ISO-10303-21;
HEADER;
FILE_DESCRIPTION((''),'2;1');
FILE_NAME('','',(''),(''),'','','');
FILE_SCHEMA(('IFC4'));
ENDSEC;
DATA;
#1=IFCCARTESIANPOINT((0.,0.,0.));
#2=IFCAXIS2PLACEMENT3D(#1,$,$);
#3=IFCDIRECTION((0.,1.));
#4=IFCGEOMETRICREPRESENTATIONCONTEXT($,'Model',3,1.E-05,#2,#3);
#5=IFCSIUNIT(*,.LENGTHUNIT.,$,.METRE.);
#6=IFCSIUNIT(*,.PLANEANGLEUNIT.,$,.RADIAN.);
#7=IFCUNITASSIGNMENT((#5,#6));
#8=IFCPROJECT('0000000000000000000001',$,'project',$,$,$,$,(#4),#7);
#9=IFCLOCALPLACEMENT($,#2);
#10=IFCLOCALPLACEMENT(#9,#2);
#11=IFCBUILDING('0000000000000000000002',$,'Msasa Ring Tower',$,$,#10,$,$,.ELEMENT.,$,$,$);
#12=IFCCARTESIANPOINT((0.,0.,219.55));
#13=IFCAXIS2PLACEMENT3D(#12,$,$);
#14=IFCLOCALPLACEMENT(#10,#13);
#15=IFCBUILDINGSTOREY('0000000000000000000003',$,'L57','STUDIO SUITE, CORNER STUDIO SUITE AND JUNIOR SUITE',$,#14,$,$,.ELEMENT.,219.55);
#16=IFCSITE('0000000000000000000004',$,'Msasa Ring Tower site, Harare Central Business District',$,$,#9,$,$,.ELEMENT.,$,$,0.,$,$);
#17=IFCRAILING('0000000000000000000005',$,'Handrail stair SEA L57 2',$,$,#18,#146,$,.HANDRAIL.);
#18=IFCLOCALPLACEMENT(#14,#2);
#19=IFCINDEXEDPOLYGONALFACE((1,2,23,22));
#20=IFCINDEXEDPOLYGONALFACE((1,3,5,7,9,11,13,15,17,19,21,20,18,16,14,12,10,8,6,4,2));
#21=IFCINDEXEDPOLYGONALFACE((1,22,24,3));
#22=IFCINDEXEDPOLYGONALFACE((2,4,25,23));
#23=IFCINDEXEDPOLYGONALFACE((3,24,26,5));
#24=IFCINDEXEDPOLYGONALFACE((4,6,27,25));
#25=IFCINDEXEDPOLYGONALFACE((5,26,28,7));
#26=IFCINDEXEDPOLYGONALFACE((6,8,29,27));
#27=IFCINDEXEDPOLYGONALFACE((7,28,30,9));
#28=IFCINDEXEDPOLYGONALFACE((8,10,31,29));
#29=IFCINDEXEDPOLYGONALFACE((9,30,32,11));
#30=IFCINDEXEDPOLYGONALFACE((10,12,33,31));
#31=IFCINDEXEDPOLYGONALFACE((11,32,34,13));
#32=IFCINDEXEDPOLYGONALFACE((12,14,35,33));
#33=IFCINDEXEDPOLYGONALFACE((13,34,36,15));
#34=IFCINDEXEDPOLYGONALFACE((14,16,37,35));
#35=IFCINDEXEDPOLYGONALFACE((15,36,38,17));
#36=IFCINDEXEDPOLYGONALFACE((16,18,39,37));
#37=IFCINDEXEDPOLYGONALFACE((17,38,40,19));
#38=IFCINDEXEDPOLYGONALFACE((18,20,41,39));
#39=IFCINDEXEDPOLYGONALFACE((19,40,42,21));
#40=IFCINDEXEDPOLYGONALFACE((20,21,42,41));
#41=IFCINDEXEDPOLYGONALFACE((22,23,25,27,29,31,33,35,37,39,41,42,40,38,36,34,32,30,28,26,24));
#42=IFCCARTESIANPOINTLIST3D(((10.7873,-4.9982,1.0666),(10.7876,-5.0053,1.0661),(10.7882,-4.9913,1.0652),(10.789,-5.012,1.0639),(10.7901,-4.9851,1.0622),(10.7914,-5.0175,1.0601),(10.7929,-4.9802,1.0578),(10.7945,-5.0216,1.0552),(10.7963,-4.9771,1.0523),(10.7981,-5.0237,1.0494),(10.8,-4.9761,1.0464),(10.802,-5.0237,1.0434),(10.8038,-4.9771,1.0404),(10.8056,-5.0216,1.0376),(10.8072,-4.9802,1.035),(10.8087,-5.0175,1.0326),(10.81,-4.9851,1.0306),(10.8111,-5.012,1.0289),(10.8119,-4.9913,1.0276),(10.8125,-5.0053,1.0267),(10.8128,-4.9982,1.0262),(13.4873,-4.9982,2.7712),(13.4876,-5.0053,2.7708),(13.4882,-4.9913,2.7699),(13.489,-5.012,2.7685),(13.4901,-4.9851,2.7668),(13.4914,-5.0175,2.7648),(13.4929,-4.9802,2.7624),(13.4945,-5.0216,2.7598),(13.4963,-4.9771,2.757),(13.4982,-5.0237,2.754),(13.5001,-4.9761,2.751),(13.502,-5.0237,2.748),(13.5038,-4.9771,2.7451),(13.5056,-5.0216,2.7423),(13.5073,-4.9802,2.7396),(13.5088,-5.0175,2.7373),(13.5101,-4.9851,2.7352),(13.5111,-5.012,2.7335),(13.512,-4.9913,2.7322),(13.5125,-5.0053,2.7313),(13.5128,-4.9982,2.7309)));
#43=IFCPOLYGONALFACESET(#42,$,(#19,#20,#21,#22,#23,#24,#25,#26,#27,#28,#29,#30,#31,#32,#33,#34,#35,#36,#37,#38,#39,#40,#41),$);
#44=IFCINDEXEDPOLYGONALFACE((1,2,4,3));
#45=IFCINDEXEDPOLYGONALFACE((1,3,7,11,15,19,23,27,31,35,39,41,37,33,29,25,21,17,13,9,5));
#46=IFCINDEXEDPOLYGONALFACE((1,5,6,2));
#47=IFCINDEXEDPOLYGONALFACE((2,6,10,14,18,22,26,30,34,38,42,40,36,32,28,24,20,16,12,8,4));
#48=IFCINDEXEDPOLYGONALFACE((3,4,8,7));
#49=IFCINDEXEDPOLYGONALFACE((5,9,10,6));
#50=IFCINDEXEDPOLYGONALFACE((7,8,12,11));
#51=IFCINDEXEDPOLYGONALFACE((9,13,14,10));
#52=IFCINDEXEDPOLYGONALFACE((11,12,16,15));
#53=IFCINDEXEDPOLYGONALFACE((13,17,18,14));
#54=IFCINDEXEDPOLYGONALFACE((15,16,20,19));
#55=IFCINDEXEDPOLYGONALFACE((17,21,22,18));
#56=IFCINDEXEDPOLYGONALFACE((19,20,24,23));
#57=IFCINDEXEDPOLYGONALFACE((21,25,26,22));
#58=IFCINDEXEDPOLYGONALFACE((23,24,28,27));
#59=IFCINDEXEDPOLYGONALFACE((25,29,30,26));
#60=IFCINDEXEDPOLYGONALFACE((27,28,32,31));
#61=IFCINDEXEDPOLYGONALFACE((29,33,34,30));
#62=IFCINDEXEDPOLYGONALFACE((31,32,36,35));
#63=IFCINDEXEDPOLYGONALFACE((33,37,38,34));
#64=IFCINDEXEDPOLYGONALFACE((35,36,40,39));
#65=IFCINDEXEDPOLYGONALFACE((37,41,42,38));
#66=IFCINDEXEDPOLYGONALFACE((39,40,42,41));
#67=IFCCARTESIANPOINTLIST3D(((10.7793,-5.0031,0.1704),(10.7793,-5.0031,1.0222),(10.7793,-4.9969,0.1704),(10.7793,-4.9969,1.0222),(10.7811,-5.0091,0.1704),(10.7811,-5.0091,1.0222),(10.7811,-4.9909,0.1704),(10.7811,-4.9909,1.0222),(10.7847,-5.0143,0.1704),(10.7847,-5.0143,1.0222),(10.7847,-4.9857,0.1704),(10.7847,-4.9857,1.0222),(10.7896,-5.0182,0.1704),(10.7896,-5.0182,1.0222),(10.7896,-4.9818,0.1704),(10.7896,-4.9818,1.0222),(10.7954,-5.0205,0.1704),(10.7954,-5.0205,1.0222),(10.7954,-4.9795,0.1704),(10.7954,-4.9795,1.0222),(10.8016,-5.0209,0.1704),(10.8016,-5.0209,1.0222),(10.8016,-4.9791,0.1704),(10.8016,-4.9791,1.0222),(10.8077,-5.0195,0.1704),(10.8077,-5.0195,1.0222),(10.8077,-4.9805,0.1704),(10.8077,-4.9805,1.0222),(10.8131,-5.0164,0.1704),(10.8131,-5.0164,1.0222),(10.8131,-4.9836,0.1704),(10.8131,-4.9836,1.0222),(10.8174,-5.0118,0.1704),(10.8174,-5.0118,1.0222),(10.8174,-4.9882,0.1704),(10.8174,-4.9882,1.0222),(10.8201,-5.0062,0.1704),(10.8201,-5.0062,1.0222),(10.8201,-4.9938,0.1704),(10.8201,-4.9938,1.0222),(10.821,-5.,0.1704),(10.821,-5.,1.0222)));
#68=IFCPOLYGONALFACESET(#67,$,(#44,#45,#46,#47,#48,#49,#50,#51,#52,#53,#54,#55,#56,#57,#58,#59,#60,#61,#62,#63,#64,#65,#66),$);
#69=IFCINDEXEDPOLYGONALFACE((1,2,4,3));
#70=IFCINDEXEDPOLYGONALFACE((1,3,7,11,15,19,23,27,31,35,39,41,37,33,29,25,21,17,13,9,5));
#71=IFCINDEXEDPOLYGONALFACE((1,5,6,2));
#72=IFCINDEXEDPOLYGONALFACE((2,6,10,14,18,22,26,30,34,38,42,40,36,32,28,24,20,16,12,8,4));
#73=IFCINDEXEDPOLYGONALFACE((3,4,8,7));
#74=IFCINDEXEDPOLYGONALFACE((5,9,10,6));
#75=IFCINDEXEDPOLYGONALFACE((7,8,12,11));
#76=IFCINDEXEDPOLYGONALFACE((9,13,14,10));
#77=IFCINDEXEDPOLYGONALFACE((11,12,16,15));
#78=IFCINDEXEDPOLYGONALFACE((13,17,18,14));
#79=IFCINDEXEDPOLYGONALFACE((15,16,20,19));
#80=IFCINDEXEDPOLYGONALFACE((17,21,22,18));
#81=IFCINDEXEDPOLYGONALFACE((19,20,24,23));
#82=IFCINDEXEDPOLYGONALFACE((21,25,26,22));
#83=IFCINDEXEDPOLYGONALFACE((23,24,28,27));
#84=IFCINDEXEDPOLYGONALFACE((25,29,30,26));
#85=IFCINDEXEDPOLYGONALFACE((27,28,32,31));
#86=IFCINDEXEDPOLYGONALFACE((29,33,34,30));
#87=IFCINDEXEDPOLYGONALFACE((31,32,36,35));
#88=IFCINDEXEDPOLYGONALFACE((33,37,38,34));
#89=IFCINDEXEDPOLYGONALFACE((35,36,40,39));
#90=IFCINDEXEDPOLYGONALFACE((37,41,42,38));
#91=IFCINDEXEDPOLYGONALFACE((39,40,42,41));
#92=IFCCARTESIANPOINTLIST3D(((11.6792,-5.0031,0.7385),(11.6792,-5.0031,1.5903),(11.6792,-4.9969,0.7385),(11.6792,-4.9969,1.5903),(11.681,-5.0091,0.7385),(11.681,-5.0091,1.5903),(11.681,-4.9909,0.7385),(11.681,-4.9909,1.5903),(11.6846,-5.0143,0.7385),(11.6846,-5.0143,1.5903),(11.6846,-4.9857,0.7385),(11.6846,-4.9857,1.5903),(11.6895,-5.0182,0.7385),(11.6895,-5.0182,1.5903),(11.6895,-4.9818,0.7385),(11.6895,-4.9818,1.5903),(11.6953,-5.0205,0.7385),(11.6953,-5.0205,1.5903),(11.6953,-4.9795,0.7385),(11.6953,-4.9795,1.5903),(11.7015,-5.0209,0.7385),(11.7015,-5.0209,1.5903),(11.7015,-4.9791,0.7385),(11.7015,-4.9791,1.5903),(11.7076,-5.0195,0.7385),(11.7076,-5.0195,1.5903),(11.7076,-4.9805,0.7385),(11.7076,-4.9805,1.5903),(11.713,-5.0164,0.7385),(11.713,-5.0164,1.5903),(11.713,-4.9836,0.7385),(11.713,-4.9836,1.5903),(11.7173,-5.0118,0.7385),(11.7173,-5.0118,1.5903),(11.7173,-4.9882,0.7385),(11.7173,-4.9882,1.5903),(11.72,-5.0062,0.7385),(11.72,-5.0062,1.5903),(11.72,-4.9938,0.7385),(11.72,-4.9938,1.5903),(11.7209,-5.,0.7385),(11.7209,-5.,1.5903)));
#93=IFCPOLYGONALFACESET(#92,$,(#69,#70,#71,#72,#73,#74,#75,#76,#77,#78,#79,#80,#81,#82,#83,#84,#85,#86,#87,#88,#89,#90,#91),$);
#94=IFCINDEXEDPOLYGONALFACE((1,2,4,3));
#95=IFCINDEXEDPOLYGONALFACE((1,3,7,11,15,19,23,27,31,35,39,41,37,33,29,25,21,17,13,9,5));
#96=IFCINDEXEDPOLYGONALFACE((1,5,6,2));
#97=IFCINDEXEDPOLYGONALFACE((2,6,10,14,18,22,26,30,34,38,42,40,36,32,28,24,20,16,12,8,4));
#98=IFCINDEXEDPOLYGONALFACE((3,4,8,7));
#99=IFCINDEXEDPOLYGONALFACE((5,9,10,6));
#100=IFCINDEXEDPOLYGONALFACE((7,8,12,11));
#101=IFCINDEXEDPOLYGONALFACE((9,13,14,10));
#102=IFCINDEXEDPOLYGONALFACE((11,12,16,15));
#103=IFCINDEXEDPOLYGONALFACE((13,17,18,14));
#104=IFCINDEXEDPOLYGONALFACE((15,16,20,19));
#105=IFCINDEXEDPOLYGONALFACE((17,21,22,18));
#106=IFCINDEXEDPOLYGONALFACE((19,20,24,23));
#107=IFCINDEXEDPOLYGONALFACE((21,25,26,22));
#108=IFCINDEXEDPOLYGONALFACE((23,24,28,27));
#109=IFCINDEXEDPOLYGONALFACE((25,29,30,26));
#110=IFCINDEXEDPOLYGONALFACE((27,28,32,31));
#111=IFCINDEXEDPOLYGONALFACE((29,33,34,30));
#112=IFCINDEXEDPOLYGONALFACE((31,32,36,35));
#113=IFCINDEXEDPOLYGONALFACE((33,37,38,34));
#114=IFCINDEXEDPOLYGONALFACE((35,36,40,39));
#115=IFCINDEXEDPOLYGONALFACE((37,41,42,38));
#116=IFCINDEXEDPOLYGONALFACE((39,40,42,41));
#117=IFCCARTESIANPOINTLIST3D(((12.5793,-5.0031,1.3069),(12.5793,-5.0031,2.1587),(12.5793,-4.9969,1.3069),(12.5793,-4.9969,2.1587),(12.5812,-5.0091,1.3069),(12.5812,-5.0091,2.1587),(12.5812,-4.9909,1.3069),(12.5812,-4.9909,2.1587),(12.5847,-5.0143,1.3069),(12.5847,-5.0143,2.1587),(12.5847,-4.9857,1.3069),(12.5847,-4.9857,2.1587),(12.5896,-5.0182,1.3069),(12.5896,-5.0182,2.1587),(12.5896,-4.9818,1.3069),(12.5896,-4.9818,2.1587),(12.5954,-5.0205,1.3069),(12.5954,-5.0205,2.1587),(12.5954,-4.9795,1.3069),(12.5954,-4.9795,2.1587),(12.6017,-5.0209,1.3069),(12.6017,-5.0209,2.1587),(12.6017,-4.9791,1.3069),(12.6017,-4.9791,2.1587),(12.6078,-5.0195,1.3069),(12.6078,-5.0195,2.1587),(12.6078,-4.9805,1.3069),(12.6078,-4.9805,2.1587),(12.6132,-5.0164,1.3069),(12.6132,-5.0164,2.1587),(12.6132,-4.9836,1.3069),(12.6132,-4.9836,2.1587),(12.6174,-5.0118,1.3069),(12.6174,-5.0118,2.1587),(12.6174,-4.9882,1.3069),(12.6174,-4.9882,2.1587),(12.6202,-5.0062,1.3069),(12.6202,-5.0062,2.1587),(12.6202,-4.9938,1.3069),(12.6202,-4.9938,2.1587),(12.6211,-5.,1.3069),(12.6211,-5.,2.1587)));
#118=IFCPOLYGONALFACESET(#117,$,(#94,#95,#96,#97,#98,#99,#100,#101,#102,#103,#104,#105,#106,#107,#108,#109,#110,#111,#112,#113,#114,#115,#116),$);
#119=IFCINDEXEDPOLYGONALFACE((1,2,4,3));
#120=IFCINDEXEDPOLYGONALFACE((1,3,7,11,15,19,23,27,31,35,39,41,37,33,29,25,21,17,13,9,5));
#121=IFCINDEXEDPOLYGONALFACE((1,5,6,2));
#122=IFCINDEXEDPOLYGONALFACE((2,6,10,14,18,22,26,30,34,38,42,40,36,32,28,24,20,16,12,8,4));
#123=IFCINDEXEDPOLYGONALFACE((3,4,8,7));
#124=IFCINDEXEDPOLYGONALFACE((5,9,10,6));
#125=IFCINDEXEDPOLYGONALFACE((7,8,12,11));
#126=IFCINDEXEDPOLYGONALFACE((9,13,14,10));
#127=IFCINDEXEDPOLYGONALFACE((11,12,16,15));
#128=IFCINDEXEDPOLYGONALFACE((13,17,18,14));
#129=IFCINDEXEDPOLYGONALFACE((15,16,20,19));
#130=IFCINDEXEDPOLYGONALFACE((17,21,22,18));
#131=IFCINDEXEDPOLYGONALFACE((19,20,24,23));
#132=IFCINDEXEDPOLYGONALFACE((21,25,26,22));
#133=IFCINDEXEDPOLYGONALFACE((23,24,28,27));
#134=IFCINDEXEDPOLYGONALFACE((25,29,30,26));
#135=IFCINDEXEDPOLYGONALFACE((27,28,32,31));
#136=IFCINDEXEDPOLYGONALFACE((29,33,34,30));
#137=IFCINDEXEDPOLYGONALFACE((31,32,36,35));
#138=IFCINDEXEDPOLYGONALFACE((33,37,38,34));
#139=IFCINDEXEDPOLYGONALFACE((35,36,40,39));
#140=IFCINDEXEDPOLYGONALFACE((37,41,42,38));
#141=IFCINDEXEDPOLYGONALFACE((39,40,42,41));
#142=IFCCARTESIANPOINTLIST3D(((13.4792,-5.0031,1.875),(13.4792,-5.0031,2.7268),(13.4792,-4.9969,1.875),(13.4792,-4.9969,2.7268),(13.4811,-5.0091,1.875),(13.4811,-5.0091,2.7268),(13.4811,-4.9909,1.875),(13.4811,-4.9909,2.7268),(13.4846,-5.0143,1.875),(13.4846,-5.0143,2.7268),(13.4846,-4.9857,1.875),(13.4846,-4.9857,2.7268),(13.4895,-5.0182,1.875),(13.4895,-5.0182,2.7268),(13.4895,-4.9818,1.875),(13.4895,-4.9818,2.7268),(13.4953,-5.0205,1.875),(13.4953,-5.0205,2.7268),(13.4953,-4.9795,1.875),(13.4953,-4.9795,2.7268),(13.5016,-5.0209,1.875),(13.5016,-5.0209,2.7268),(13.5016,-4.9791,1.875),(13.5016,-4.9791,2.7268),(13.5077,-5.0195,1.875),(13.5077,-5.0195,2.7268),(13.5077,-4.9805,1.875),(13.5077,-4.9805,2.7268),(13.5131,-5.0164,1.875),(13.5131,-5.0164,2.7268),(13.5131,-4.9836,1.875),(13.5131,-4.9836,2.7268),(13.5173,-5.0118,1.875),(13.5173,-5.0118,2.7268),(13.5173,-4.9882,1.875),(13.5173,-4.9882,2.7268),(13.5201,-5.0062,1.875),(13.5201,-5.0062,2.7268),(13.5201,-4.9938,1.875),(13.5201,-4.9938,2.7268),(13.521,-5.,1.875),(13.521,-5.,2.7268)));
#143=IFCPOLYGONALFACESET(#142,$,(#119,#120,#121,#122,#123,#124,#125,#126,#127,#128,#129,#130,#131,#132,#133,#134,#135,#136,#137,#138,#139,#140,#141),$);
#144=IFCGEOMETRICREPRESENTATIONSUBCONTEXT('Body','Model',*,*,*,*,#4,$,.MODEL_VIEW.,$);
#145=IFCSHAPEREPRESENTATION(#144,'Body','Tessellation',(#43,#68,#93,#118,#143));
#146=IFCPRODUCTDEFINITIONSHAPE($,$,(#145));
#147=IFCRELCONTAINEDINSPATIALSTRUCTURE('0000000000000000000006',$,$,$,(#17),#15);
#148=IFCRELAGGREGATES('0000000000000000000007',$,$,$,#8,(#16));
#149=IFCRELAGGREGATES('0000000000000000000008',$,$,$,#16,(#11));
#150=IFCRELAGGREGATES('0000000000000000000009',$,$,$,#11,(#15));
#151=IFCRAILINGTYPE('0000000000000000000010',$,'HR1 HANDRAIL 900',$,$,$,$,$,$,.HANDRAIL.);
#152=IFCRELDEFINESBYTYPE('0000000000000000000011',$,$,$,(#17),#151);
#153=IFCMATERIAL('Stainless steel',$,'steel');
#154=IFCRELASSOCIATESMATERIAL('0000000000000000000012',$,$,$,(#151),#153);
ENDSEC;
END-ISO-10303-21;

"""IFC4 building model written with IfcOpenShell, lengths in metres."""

from ifc_helpers import new_model, si_unit, direction, frame, origin, origin_2d, place, context, subcontext, project, spatial, circle, extrude, material, type_object, element, save


model = new_model("IFC4")

# Units and contexts
model_context = context("Model", 3, precision=1e-05, world=origin(), true_north=direction((0.0, 1.0)))
body_context = subcontext(model_context, "Body", "Model", "MODEL_VIEW")
ifc_project = project(units=[si_unit("LENGTHUNIT", "METRE"), si_unit("PLANEANGLEUNIT", "RADIAN")], contexts=[model_context])

# Site, building, storey
site_placement = place(None, origin())
site = spatial("IfcSite", under=ifc_project, at=site_placement, Name="Msasa Ring Tower site, Harare Central Business District", CompositionType="ELEMENT", RefElevation=0.0)
building_placement = place(site_placement, origin())
building = spatial("IfcBuilding", under=site, at=building_placement, Name="Msasa Ring Tower", CompositionType="ELEMENT")
storey_placement = place(building_placement, frame((0.0, 0.0, 219.55)))
storey = spatial("IfcBuildingStorey", under=building, at=storey_placement, Name="L57", Description="STUDIO SUITE, CORNER STUDIO SUITE AND JUNIOR SUITE", CompositionType="ELEMENT", Elevation=219.55)

# Railing
ifc_material_1 = material(Name="Stainless steel", Category="steel")
railing_type = type_object("IfcRailingType", Name="HR1 HANDRAIL 900", PredefinedType="HANDRAIL", material=ifc_material_1)
for number, where, name in (
    (1, (10.8, -5.0, 0.1704), "Handrail stair SEA L57 2"),
):
    element("IfcRailing", number, at=place(storey_placement, frame(where)), inside=storey, type_object=railing_type, Name=name, PredefinedType="HANDRAIL", context=body_context, shape_type="SweptSolid", body=[
        extrude(circle(Radius=0.0239, at=origin_2d()), frame((0.0, 0.0, 0.876), z_axis=(0.84558, 0.0, 0.533849), x_axis=(0.0, 1.0, 0.0)), (0.0, 0.0, 1.0), 3.1931),
        extrude(circle(Radius=0.021, at=origin_2d()), origin(), (0.0, 0.0, 1.0), 0.8518),
        extrude(circle(Radius=0.021, at=origin_2d()), frame((0.8999, 0.0, 0.5681)), (0.0, 0.0, 1.0), 0.8518),
        extrude(circle(Radius=0.021, at=origin_2d()), frame((1.8, 0.0, 1.1365)), (0.0, 0.0, 1.0), 0.8518),
        extrude(circle(Radius=0.021, at=origin_2d()), frame((2.7, 0.0, 1.7046)), (0.0, 0.0, 1.0), 0.8518),
    ])

save(model, "model.ifc")
